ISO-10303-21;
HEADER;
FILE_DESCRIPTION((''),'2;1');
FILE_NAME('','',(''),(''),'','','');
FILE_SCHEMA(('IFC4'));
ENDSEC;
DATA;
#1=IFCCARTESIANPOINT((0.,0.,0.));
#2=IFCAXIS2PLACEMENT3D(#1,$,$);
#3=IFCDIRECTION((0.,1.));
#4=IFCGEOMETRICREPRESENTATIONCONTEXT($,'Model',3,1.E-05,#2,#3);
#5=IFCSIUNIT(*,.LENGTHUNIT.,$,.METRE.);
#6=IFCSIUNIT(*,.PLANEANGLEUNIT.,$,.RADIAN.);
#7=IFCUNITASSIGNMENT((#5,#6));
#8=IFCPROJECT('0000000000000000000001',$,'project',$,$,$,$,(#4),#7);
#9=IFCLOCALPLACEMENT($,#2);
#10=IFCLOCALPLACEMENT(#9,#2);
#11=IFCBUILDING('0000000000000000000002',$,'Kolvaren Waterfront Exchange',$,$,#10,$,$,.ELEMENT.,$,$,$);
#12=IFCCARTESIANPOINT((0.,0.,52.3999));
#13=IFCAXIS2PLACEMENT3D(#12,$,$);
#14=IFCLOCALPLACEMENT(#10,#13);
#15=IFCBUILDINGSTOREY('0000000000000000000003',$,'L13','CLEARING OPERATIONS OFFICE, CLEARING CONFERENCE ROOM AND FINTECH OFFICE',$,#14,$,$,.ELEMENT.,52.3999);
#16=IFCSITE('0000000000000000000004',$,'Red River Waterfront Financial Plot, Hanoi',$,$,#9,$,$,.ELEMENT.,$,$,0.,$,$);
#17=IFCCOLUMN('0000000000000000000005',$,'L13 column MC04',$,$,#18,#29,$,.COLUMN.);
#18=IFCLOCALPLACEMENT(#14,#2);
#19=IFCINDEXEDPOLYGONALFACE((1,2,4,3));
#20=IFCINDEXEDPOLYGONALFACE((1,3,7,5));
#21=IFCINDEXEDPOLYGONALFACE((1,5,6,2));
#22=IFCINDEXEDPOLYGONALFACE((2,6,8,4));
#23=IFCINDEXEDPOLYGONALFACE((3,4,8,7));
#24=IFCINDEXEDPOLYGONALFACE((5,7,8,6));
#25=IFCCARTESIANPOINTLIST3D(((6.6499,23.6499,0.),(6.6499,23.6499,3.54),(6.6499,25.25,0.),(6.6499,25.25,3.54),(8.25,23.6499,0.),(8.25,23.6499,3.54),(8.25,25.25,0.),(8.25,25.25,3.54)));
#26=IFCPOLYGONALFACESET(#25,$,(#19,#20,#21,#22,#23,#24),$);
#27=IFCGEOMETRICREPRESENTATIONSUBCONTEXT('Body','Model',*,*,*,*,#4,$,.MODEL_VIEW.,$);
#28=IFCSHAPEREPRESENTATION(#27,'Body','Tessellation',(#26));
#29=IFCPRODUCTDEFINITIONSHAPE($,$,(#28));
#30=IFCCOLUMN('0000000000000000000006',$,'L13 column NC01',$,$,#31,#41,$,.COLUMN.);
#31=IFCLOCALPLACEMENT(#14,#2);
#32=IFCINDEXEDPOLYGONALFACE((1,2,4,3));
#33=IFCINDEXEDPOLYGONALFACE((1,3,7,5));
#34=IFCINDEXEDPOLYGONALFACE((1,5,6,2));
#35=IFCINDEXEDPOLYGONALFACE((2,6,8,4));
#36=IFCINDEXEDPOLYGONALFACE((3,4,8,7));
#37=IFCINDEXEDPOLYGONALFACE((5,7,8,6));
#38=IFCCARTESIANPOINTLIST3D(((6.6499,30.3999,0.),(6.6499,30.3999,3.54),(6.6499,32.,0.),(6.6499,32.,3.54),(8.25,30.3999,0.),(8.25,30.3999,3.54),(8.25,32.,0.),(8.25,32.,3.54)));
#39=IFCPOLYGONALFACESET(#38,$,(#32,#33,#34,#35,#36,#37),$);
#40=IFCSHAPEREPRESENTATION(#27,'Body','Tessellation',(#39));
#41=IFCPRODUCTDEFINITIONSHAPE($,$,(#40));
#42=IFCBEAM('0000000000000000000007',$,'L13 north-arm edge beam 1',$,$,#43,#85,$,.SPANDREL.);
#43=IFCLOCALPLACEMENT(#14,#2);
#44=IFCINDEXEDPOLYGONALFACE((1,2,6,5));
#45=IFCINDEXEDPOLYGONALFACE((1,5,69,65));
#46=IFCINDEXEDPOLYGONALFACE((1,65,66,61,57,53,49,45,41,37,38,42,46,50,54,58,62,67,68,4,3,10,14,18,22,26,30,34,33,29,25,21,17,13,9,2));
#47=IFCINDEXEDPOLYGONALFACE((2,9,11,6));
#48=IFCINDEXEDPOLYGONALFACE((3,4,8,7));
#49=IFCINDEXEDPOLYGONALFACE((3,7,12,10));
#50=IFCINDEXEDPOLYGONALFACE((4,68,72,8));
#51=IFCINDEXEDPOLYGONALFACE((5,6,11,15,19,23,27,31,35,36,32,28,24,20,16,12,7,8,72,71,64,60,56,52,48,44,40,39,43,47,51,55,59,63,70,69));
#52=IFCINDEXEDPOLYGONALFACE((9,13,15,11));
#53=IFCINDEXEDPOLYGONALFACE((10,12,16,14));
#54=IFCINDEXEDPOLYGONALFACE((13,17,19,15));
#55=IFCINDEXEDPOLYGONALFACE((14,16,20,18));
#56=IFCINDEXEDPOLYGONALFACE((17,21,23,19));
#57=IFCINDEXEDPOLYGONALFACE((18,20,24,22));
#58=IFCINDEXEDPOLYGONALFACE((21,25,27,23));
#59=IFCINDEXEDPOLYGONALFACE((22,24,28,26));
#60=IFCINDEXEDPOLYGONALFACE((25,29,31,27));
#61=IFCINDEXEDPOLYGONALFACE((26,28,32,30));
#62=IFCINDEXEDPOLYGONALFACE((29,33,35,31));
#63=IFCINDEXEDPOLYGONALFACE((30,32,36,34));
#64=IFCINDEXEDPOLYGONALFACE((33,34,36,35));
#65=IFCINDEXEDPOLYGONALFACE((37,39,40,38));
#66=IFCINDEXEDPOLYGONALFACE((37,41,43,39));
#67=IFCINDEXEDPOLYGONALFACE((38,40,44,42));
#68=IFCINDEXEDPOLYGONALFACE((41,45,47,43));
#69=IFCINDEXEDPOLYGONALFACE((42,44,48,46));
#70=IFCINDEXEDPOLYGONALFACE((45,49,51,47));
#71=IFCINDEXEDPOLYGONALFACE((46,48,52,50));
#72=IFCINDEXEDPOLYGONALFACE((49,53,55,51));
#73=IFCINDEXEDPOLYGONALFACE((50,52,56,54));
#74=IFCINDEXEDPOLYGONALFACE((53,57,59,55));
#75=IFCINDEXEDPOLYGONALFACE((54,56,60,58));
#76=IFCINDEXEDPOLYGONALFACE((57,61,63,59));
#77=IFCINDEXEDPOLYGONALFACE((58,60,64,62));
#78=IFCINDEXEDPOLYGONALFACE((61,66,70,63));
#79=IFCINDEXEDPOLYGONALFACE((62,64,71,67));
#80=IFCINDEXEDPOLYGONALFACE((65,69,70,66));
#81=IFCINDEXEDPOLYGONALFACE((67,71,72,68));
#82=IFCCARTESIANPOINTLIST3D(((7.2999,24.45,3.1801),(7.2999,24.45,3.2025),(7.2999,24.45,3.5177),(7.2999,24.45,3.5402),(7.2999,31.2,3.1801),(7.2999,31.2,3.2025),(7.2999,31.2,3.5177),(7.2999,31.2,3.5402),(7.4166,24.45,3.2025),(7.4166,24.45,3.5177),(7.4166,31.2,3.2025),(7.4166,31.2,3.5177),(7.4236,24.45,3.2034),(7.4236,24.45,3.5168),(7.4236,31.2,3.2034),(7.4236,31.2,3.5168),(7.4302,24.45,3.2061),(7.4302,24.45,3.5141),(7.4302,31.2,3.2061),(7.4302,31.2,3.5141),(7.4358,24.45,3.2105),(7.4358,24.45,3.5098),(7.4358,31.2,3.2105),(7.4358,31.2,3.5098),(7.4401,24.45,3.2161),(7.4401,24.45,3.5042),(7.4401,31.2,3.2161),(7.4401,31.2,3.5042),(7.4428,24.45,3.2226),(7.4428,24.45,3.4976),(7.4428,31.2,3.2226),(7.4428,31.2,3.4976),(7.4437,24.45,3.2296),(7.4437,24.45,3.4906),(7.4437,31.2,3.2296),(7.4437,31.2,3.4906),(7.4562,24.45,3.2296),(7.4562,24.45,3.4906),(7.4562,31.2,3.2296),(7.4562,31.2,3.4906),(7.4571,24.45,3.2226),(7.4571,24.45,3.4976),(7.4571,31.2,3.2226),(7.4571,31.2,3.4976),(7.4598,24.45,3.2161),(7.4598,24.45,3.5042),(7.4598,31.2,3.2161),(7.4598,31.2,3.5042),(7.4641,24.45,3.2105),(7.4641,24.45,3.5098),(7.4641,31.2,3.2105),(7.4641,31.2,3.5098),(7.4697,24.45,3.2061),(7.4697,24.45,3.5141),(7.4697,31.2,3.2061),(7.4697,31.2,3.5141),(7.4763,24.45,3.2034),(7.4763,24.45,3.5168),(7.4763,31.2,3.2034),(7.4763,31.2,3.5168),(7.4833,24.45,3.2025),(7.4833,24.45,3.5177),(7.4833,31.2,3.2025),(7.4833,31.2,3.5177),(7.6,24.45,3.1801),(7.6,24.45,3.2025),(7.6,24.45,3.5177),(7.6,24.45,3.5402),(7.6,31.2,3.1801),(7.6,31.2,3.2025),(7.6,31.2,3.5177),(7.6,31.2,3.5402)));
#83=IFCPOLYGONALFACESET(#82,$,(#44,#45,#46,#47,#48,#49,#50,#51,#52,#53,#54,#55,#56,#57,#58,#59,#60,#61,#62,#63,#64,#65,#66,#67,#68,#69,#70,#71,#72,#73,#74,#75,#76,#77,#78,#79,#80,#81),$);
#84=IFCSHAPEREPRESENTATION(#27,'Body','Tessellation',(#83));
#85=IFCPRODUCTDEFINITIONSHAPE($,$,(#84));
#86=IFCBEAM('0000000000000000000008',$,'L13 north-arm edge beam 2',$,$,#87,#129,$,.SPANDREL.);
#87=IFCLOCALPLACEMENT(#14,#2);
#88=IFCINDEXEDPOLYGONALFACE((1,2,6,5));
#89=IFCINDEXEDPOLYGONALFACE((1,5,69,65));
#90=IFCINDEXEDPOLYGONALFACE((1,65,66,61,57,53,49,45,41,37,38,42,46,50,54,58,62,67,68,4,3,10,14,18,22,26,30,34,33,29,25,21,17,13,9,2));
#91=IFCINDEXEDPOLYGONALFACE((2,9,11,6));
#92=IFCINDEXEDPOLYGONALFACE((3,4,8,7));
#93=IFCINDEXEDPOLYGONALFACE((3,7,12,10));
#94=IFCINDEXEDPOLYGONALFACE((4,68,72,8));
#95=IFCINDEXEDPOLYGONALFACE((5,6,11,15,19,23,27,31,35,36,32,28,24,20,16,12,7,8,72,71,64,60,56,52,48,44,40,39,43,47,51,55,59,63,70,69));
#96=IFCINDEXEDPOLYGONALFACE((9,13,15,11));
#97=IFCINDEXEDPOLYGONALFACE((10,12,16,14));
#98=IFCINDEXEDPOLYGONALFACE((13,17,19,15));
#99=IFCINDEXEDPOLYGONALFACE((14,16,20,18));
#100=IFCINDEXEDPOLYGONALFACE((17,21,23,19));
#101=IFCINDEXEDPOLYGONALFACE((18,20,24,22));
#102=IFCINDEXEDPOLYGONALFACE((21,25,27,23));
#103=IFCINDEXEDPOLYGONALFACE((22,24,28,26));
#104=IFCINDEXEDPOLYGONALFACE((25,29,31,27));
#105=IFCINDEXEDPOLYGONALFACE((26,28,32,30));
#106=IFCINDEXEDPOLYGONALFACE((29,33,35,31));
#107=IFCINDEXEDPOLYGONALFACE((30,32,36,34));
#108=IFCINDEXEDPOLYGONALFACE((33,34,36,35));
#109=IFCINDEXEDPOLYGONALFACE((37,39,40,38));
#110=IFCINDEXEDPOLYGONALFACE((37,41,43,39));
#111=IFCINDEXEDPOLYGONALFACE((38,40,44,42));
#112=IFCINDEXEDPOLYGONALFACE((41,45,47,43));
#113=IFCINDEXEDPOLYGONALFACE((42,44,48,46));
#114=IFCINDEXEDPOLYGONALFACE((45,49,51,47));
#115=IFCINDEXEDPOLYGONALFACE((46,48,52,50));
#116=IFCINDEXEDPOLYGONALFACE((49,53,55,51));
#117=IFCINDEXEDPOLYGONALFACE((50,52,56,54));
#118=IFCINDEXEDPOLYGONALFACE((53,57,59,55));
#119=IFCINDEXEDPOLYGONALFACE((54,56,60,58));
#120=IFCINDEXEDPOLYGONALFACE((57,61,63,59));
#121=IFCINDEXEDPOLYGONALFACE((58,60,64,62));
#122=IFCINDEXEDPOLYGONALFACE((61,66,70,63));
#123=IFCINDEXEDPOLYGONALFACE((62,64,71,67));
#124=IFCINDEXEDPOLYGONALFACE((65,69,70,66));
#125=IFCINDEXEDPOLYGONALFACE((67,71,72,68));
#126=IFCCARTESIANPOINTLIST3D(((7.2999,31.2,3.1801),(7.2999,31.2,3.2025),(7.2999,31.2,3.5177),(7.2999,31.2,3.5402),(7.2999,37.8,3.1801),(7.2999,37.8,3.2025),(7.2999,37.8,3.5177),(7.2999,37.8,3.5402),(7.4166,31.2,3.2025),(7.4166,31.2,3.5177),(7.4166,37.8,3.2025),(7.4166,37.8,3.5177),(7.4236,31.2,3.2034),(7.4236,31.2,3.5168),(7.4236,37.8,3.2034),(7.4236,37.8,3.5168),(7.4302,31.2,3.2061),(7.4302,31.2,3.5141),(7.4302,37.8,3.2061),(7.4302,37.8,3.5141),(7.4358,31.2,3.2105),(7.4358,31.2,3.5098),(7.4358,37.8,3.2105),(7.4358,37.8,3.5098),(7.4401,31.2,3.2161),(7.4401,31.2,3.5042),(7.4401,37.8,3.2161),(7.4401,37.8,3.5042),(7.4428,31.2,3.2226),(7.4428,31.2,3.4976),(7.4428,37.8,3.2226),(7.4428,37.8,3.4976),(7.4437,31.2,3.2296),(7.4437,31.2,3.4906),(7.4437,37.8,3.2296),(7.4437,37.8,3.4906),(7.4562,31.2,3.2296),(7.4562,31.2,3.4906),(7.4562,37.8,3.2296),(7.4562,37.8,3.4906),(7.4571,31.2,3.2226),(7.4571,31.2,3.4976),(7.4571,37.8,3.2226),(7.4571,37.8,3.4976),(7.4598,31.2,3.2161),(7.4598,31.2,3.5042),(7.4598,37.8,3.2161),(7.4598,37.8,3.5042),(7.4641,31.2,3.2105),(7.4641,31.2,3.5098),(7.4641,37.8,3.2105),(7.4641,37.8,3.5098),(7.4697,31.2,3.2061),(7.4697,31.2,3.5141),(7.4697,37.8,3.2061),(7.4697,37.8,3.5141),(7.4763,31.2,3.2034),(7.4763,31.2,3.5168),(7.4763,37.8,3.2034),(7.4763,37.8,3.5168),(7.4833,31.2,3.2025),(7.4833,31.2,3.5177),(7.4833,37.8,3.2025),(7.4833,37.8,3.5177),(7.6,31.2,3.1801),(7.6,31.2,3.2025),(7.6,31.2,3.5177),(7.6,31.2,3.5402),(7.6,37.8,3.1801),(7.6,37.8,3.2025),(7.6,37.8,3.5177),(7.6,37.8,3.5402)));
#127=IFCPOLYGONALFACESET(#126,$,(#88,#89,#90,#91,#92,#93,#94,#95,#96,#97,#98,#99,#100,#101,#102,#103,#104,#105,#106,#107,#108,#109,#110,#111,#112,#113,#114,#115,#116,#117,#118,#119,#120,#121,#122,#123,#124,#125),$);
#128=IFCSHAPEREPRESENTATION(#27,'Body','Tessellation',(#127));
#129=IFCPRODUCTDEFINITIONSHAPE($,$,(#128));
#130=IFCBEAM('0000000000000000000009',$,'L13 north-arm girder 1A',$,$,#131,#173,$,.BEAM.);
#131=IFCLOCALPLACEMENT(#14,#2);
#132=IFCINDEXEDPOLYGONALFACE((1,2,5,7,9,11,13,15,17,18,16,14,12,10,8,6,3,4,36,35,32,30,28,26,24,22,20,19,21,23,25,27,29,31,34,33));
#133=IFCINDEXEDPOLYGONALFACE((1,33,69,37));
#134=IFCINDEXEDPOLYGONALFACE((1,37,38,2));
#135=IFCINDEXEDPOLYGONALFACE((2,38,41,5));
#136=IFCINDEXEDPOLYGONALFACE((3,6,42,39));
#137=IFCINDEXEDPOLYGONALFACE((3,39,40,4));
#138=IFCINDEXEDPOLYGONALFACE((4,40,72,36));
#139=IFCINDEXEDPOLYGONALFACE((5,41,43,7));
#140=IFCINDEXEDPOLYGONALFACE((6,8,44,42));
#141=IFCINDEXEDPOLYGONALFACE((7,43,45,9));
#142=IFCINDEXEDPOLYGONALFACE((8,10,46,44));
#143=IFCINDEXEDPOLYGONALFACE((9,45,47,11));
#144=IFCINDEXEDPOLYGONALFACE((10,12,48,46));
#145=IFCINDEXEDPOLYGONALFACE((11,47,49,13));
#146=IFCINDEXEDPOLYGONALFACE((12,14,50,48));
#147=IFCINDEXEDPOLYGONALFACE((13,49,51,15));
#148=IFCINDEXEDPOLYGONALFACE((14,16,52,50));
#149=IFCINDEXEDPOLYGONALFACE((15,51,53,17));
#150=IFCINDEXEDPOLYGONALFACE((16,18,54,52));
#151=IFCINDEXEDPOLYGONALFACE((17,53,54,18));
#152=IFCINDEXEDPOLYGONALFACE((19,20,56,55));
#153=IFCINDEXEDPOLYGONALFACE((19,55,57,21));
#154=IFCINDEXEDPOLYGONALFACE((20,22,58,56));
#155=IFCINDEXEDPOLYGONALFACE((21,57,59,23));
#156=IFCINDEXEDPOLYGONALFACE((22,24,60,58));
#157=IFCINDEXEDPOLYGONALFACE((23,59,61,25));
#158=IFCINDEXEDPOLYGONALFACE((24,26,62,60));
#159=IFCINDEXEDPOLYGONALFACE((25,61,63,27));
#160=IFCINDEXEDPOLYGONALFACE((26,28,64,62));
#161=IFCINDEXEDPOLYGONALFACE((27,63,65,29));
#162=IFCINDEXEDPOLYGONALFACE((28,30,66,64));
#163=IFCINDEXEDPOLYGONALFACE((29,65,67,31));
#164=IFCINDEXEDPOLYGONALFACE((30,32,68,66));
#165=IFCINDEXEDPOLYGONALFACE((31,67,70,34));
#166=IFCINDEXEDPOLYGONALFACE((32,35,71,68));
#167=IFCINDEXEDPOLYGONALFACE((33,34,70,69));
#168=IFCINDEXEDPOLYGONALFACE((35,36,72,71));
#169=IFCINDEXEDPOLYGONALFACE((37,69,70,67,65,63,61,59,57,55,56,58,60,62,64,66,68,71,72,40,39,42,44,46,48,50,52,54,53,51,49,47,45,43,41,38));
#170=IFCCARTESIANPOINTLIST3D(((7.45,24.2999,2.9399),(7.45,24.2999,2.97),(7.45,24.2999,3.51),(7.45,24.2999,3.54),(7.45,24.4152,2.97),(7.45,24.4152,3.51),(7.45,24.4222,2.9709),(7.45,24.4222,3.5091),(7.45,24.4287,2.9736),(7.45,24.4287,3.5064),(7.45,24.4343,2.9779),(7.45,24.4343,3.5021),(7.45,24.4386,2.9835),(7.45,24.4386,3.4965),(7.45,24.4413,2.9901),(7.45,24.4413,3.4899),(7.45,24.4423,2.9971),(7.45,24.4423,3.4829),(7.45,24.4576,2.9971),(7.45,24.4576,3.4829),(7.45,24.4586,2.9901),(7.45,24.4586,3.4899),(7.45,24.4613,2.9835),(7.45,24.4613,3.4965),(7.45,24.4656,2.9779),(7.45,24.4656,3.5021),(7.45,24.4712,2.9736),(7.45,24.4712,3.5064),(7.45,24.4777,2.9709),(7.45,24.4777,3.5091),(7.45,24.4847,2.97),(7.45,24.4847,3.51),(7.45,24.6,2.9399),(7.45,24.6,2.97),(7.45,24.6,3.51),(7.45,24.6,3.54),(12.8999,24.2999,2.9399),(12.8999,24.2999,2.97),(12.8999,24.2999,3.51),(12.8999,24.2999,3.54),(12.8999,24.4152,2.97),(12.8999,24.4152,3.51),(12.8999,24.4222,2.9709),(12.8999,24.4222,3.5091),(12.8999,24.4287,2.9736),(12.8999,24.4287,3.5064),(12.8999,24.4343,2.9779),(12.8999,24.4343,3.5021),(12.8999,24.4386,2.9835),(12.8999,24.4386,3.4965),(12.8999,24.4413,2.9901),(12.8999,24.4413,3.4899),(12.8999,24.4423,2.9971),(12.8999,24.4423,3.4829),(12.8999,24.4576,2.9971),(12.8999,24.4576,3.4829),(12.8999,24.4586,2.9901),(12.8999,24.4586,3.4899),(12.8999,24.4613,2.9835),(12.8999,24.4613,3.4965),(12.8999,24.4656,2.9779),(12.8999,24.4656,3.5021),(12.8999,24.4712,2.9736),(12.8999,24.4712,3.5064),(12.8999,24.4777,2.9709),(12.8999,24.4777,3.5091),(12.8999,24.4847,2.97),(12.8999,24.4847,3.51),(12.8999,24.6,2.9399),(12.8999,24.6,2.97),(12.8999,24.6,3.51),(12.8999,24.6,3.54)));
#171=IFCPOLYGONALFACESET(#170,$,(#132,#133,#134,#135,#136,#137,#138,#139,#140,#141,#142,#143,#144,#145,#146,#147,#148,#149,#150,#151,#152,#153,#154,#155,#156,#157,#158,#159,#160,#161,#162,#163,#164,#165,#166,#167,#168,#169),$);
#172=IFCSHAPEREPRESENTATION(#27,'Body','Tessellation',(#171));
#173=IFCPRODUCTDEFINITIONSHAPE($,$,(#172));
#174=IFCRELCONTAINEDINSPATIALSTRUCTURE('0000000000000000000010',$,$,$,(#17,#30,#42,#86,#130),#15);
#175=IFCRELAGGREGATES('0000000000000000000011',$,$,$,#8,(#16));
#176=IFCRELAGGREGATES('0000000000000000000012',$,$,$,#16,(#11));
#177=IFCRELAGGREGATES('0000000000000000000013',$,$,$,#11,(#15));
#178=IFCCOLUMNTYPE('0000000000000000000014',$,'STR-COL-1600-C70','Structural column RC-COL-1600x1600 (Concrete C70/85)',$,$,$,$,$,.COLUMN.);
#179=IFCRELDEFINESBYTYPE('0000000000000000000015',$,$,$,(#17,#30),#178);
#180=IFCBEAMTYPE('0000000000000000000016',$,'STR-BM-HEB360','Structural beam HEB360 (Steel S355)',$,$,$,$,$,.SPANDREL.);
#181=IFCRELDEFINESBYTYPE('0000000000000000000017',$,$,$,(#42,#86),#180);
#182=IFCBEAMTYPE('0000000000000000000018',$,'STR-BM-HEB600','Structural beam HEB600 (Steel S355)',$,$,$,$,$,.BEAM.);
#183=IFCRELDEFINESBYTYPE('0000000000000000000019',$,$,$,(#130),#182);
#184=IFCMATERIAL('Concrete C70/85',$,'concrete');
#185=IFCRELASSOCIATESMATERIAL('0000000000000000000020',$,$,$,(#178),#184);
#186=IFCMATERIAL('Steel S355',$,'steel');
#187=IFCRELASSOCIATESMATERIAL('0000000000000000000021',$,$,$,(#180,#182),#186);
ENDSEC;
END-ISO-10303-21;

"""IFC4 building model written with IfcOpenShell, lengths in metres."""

from ifc_helpers import new_model, si_unit, direction, frame, origin, origin_2d, place, context, subcontext, project, spatial, rectangle, i_section, extrude, material, material_profile, profile_set, type_object, element, save


model = new_model("IFC4")

# Units and contexts
model_context = context("Model", 3, precision=1e-05, world=origin(), true_north=direction((0.0, 1.0)))
body_context = subcontext(model_context, "Body", "Model", "MODEL_VIEW")
ifc_project = project(units=[si_unit("LENGTHUNIT", "METRE"), si_unit("PLANEANGLEUNIT", "RADIAN")], contexts=[model_context])

# Site, building, storey
site_placement = place(None, origin())
site = spatial("IfcSite", under=ifc_project, at=site_placement, Name="Red River Waterfront Financial Plot, Hanoi", CompositionType="ELEMENT", RefElevation=0.0)
building_placement = place(site_placement, origin())
building = spatial("IfcBuilding", under=site, at=building_placement, Name="Kolvaren Waterfront Exchange", CompositionType="ELEMENT")
storey_placement = place(building_placement, frame((0.0, 0.0, 52.3999)))
storey = spatial("IfcBuildingStorey", under=building, at=storey_placement, Name="L13", Description="CLEARING OPERATIONS OFFICE, CLEARING CONFERENCE ROOM AND FINTECH OFFICE", CompositionType="ELEMENT", Elevation=52.3999)

# Columns
ifc_material_1 = material(Name="Concrete C70/85", Category="concrete")
ifc_material_profile_1 = material_profile(ifc_material_1, rectangle(XDim=1.6001, YDim=1.6001, at=origin_2d()), Name="RC-COL-1600x1600")
ifc_profile_set_1 = profile_set([ifc_material_profile_1], Name="Concrete C70/85")
column_type = type_object("IfcColumnType", Name="STR-COL-1600-C70", Description="Structural column RC-COL-1600x1600 (Concrete C70/85)", PredefinedType="COLUMN", material=ifc_profile_set_1)
for number, where, z_axis, x_axis, name in (
    (1, (7.45, 24.45, 0.0), (0.0, 0.0, 1.0), (1.0, 0.0, 0.0), "L13 column MC04"),
    (2, (7.45, 31.2, 0.0), (0.0, 0.0, 1.0), (1.0, 0.0, 0.0), "L13 column NC01"),
):
    element("IfcColumn", number, at=place(storey_placement, frame(where, z_axis=z_axis, x_axis=x_axis)), inside=storey, type_object=column_type, Name=name, PredefinedType="COLUMN", context=body_context, shape_type="SweptSolid", body=[
        extrude(rectangle(XDim=1.6001, YDim=1.6001, at=origin_2d()), origin(), (0.0, 0.0, 1.0), 3.54),
    ])

# Beams
ifc_material_2 = material(Name="Steel S355", Category="steel")
ifc_material_profile_2 = material_profile(ifc_material_2, i_section(OverallWidth=0.3, OverallDepth=0.3601, WebThickness=0.0125, FlangeThickness=0.0225, FilletRadius=0.0271, at=origin_2d()), Name="HEB360")
ifc_profile_set_2 = profile_set([ifc_material_profile_2], Name="Steel S355")
beam_type_1 = type_object("IfcBeamType", Name="STR-BM-HEB360", Description="Structural beam HEB360 (Steel S355)", PredefinedType="SPANDREL", material=ifc_profile_set_2)
beam_1_placement = place(storey_placement, frame((7.45, 24.45, 3.3601), z_axis=(0.0, 1.0, 0.0), x_axis=(-1.0, 0.0, 0.0)))
element("IfcBeam", 3, at=beam_1_placement, inside=storey, type_object=beam_type_1, Name="L13 north-arm edge beam 1", PredefinedType="SPANDREL", context=body_context, shape_type="SweptSolid", body=[
    extrude(i_section(OverallWidth=0.3, OverallDepth=0.3601, WebThickness=0.0125, FlangeThickness=0.0225, FilletRadius=0.0271, at=origin_2d()), origin(), (0.0, 0.0, 1.0), 6.75),
])
beam_2_placement = place(storey_placement, frame((7.45, 31.2, 3.3601), z_axis=(0.0, 1.0, 0.0), x_axis=(-1.0, 0.0, 0.0)))
element("IfcBeam", 4, at=beam_2_placement, inside=storey, type_object=beam_type_1, Name="L13 north-arm edge beam 2", PredefinedType="SPANDREL", context=body_context, shape_type="SweptSolid", body=[
    extrude(i_section(OverallWidth=0.3, OverallDepth=0.3601, WebThickness=0.0125, FlangeThickness=0.0225, FilletRadius=0.0271, at=origin_2d()), origin(), (0.0, 0.0, 1.0), 6.6001),
])
ifc_material_profile_3 = material_profile(ifc_material_2, i_section(OverallWidth=0.3, OverallDepth=0.6001, WebThickness=0.0154, FlangeThickness=0.03, FilletRadius=0.0271, at=origin_2d()), Name="HEB600")
ifc_profile_set_3 = profile_set([ifc_material_profile_3], Name="Steel S355")
beam_type_2 = type_object("IfcBeamType", Name="STR-BM-HEB600", Description="Structural beam HEB600 (Steel S355)", PredefinedType="BEAM", material=ifc_profile_set_3)
for number, where, z_axis, x_axis, name in (
    (5, (7.45, 24.45, 3.24), (1.0, 0.0, 0.0), (0.0, 1.0, 0.0), "L13 north-arm girder 1A"),
):
    element("IfcBeam", number, at=place(storey_placement, frame(where, z_axis=z_axis, x_axis=x_axis)), inside=storey, type_object=beam_type_2, Name=name, PredefinedType="BEAM", context=body_context, shape_type="SweptSolid", body=[
        extrude(i_section(OverallWidth=0.3, OverallDepth=0.6001, WebThickness=0.0154, FlangeThickness=0.03, FilletRadius=0.0271, at=origin_2d()), origin(), (0.0, 0.0, 1.0), 5.45),
    ])

save(model, "model.ifc")
